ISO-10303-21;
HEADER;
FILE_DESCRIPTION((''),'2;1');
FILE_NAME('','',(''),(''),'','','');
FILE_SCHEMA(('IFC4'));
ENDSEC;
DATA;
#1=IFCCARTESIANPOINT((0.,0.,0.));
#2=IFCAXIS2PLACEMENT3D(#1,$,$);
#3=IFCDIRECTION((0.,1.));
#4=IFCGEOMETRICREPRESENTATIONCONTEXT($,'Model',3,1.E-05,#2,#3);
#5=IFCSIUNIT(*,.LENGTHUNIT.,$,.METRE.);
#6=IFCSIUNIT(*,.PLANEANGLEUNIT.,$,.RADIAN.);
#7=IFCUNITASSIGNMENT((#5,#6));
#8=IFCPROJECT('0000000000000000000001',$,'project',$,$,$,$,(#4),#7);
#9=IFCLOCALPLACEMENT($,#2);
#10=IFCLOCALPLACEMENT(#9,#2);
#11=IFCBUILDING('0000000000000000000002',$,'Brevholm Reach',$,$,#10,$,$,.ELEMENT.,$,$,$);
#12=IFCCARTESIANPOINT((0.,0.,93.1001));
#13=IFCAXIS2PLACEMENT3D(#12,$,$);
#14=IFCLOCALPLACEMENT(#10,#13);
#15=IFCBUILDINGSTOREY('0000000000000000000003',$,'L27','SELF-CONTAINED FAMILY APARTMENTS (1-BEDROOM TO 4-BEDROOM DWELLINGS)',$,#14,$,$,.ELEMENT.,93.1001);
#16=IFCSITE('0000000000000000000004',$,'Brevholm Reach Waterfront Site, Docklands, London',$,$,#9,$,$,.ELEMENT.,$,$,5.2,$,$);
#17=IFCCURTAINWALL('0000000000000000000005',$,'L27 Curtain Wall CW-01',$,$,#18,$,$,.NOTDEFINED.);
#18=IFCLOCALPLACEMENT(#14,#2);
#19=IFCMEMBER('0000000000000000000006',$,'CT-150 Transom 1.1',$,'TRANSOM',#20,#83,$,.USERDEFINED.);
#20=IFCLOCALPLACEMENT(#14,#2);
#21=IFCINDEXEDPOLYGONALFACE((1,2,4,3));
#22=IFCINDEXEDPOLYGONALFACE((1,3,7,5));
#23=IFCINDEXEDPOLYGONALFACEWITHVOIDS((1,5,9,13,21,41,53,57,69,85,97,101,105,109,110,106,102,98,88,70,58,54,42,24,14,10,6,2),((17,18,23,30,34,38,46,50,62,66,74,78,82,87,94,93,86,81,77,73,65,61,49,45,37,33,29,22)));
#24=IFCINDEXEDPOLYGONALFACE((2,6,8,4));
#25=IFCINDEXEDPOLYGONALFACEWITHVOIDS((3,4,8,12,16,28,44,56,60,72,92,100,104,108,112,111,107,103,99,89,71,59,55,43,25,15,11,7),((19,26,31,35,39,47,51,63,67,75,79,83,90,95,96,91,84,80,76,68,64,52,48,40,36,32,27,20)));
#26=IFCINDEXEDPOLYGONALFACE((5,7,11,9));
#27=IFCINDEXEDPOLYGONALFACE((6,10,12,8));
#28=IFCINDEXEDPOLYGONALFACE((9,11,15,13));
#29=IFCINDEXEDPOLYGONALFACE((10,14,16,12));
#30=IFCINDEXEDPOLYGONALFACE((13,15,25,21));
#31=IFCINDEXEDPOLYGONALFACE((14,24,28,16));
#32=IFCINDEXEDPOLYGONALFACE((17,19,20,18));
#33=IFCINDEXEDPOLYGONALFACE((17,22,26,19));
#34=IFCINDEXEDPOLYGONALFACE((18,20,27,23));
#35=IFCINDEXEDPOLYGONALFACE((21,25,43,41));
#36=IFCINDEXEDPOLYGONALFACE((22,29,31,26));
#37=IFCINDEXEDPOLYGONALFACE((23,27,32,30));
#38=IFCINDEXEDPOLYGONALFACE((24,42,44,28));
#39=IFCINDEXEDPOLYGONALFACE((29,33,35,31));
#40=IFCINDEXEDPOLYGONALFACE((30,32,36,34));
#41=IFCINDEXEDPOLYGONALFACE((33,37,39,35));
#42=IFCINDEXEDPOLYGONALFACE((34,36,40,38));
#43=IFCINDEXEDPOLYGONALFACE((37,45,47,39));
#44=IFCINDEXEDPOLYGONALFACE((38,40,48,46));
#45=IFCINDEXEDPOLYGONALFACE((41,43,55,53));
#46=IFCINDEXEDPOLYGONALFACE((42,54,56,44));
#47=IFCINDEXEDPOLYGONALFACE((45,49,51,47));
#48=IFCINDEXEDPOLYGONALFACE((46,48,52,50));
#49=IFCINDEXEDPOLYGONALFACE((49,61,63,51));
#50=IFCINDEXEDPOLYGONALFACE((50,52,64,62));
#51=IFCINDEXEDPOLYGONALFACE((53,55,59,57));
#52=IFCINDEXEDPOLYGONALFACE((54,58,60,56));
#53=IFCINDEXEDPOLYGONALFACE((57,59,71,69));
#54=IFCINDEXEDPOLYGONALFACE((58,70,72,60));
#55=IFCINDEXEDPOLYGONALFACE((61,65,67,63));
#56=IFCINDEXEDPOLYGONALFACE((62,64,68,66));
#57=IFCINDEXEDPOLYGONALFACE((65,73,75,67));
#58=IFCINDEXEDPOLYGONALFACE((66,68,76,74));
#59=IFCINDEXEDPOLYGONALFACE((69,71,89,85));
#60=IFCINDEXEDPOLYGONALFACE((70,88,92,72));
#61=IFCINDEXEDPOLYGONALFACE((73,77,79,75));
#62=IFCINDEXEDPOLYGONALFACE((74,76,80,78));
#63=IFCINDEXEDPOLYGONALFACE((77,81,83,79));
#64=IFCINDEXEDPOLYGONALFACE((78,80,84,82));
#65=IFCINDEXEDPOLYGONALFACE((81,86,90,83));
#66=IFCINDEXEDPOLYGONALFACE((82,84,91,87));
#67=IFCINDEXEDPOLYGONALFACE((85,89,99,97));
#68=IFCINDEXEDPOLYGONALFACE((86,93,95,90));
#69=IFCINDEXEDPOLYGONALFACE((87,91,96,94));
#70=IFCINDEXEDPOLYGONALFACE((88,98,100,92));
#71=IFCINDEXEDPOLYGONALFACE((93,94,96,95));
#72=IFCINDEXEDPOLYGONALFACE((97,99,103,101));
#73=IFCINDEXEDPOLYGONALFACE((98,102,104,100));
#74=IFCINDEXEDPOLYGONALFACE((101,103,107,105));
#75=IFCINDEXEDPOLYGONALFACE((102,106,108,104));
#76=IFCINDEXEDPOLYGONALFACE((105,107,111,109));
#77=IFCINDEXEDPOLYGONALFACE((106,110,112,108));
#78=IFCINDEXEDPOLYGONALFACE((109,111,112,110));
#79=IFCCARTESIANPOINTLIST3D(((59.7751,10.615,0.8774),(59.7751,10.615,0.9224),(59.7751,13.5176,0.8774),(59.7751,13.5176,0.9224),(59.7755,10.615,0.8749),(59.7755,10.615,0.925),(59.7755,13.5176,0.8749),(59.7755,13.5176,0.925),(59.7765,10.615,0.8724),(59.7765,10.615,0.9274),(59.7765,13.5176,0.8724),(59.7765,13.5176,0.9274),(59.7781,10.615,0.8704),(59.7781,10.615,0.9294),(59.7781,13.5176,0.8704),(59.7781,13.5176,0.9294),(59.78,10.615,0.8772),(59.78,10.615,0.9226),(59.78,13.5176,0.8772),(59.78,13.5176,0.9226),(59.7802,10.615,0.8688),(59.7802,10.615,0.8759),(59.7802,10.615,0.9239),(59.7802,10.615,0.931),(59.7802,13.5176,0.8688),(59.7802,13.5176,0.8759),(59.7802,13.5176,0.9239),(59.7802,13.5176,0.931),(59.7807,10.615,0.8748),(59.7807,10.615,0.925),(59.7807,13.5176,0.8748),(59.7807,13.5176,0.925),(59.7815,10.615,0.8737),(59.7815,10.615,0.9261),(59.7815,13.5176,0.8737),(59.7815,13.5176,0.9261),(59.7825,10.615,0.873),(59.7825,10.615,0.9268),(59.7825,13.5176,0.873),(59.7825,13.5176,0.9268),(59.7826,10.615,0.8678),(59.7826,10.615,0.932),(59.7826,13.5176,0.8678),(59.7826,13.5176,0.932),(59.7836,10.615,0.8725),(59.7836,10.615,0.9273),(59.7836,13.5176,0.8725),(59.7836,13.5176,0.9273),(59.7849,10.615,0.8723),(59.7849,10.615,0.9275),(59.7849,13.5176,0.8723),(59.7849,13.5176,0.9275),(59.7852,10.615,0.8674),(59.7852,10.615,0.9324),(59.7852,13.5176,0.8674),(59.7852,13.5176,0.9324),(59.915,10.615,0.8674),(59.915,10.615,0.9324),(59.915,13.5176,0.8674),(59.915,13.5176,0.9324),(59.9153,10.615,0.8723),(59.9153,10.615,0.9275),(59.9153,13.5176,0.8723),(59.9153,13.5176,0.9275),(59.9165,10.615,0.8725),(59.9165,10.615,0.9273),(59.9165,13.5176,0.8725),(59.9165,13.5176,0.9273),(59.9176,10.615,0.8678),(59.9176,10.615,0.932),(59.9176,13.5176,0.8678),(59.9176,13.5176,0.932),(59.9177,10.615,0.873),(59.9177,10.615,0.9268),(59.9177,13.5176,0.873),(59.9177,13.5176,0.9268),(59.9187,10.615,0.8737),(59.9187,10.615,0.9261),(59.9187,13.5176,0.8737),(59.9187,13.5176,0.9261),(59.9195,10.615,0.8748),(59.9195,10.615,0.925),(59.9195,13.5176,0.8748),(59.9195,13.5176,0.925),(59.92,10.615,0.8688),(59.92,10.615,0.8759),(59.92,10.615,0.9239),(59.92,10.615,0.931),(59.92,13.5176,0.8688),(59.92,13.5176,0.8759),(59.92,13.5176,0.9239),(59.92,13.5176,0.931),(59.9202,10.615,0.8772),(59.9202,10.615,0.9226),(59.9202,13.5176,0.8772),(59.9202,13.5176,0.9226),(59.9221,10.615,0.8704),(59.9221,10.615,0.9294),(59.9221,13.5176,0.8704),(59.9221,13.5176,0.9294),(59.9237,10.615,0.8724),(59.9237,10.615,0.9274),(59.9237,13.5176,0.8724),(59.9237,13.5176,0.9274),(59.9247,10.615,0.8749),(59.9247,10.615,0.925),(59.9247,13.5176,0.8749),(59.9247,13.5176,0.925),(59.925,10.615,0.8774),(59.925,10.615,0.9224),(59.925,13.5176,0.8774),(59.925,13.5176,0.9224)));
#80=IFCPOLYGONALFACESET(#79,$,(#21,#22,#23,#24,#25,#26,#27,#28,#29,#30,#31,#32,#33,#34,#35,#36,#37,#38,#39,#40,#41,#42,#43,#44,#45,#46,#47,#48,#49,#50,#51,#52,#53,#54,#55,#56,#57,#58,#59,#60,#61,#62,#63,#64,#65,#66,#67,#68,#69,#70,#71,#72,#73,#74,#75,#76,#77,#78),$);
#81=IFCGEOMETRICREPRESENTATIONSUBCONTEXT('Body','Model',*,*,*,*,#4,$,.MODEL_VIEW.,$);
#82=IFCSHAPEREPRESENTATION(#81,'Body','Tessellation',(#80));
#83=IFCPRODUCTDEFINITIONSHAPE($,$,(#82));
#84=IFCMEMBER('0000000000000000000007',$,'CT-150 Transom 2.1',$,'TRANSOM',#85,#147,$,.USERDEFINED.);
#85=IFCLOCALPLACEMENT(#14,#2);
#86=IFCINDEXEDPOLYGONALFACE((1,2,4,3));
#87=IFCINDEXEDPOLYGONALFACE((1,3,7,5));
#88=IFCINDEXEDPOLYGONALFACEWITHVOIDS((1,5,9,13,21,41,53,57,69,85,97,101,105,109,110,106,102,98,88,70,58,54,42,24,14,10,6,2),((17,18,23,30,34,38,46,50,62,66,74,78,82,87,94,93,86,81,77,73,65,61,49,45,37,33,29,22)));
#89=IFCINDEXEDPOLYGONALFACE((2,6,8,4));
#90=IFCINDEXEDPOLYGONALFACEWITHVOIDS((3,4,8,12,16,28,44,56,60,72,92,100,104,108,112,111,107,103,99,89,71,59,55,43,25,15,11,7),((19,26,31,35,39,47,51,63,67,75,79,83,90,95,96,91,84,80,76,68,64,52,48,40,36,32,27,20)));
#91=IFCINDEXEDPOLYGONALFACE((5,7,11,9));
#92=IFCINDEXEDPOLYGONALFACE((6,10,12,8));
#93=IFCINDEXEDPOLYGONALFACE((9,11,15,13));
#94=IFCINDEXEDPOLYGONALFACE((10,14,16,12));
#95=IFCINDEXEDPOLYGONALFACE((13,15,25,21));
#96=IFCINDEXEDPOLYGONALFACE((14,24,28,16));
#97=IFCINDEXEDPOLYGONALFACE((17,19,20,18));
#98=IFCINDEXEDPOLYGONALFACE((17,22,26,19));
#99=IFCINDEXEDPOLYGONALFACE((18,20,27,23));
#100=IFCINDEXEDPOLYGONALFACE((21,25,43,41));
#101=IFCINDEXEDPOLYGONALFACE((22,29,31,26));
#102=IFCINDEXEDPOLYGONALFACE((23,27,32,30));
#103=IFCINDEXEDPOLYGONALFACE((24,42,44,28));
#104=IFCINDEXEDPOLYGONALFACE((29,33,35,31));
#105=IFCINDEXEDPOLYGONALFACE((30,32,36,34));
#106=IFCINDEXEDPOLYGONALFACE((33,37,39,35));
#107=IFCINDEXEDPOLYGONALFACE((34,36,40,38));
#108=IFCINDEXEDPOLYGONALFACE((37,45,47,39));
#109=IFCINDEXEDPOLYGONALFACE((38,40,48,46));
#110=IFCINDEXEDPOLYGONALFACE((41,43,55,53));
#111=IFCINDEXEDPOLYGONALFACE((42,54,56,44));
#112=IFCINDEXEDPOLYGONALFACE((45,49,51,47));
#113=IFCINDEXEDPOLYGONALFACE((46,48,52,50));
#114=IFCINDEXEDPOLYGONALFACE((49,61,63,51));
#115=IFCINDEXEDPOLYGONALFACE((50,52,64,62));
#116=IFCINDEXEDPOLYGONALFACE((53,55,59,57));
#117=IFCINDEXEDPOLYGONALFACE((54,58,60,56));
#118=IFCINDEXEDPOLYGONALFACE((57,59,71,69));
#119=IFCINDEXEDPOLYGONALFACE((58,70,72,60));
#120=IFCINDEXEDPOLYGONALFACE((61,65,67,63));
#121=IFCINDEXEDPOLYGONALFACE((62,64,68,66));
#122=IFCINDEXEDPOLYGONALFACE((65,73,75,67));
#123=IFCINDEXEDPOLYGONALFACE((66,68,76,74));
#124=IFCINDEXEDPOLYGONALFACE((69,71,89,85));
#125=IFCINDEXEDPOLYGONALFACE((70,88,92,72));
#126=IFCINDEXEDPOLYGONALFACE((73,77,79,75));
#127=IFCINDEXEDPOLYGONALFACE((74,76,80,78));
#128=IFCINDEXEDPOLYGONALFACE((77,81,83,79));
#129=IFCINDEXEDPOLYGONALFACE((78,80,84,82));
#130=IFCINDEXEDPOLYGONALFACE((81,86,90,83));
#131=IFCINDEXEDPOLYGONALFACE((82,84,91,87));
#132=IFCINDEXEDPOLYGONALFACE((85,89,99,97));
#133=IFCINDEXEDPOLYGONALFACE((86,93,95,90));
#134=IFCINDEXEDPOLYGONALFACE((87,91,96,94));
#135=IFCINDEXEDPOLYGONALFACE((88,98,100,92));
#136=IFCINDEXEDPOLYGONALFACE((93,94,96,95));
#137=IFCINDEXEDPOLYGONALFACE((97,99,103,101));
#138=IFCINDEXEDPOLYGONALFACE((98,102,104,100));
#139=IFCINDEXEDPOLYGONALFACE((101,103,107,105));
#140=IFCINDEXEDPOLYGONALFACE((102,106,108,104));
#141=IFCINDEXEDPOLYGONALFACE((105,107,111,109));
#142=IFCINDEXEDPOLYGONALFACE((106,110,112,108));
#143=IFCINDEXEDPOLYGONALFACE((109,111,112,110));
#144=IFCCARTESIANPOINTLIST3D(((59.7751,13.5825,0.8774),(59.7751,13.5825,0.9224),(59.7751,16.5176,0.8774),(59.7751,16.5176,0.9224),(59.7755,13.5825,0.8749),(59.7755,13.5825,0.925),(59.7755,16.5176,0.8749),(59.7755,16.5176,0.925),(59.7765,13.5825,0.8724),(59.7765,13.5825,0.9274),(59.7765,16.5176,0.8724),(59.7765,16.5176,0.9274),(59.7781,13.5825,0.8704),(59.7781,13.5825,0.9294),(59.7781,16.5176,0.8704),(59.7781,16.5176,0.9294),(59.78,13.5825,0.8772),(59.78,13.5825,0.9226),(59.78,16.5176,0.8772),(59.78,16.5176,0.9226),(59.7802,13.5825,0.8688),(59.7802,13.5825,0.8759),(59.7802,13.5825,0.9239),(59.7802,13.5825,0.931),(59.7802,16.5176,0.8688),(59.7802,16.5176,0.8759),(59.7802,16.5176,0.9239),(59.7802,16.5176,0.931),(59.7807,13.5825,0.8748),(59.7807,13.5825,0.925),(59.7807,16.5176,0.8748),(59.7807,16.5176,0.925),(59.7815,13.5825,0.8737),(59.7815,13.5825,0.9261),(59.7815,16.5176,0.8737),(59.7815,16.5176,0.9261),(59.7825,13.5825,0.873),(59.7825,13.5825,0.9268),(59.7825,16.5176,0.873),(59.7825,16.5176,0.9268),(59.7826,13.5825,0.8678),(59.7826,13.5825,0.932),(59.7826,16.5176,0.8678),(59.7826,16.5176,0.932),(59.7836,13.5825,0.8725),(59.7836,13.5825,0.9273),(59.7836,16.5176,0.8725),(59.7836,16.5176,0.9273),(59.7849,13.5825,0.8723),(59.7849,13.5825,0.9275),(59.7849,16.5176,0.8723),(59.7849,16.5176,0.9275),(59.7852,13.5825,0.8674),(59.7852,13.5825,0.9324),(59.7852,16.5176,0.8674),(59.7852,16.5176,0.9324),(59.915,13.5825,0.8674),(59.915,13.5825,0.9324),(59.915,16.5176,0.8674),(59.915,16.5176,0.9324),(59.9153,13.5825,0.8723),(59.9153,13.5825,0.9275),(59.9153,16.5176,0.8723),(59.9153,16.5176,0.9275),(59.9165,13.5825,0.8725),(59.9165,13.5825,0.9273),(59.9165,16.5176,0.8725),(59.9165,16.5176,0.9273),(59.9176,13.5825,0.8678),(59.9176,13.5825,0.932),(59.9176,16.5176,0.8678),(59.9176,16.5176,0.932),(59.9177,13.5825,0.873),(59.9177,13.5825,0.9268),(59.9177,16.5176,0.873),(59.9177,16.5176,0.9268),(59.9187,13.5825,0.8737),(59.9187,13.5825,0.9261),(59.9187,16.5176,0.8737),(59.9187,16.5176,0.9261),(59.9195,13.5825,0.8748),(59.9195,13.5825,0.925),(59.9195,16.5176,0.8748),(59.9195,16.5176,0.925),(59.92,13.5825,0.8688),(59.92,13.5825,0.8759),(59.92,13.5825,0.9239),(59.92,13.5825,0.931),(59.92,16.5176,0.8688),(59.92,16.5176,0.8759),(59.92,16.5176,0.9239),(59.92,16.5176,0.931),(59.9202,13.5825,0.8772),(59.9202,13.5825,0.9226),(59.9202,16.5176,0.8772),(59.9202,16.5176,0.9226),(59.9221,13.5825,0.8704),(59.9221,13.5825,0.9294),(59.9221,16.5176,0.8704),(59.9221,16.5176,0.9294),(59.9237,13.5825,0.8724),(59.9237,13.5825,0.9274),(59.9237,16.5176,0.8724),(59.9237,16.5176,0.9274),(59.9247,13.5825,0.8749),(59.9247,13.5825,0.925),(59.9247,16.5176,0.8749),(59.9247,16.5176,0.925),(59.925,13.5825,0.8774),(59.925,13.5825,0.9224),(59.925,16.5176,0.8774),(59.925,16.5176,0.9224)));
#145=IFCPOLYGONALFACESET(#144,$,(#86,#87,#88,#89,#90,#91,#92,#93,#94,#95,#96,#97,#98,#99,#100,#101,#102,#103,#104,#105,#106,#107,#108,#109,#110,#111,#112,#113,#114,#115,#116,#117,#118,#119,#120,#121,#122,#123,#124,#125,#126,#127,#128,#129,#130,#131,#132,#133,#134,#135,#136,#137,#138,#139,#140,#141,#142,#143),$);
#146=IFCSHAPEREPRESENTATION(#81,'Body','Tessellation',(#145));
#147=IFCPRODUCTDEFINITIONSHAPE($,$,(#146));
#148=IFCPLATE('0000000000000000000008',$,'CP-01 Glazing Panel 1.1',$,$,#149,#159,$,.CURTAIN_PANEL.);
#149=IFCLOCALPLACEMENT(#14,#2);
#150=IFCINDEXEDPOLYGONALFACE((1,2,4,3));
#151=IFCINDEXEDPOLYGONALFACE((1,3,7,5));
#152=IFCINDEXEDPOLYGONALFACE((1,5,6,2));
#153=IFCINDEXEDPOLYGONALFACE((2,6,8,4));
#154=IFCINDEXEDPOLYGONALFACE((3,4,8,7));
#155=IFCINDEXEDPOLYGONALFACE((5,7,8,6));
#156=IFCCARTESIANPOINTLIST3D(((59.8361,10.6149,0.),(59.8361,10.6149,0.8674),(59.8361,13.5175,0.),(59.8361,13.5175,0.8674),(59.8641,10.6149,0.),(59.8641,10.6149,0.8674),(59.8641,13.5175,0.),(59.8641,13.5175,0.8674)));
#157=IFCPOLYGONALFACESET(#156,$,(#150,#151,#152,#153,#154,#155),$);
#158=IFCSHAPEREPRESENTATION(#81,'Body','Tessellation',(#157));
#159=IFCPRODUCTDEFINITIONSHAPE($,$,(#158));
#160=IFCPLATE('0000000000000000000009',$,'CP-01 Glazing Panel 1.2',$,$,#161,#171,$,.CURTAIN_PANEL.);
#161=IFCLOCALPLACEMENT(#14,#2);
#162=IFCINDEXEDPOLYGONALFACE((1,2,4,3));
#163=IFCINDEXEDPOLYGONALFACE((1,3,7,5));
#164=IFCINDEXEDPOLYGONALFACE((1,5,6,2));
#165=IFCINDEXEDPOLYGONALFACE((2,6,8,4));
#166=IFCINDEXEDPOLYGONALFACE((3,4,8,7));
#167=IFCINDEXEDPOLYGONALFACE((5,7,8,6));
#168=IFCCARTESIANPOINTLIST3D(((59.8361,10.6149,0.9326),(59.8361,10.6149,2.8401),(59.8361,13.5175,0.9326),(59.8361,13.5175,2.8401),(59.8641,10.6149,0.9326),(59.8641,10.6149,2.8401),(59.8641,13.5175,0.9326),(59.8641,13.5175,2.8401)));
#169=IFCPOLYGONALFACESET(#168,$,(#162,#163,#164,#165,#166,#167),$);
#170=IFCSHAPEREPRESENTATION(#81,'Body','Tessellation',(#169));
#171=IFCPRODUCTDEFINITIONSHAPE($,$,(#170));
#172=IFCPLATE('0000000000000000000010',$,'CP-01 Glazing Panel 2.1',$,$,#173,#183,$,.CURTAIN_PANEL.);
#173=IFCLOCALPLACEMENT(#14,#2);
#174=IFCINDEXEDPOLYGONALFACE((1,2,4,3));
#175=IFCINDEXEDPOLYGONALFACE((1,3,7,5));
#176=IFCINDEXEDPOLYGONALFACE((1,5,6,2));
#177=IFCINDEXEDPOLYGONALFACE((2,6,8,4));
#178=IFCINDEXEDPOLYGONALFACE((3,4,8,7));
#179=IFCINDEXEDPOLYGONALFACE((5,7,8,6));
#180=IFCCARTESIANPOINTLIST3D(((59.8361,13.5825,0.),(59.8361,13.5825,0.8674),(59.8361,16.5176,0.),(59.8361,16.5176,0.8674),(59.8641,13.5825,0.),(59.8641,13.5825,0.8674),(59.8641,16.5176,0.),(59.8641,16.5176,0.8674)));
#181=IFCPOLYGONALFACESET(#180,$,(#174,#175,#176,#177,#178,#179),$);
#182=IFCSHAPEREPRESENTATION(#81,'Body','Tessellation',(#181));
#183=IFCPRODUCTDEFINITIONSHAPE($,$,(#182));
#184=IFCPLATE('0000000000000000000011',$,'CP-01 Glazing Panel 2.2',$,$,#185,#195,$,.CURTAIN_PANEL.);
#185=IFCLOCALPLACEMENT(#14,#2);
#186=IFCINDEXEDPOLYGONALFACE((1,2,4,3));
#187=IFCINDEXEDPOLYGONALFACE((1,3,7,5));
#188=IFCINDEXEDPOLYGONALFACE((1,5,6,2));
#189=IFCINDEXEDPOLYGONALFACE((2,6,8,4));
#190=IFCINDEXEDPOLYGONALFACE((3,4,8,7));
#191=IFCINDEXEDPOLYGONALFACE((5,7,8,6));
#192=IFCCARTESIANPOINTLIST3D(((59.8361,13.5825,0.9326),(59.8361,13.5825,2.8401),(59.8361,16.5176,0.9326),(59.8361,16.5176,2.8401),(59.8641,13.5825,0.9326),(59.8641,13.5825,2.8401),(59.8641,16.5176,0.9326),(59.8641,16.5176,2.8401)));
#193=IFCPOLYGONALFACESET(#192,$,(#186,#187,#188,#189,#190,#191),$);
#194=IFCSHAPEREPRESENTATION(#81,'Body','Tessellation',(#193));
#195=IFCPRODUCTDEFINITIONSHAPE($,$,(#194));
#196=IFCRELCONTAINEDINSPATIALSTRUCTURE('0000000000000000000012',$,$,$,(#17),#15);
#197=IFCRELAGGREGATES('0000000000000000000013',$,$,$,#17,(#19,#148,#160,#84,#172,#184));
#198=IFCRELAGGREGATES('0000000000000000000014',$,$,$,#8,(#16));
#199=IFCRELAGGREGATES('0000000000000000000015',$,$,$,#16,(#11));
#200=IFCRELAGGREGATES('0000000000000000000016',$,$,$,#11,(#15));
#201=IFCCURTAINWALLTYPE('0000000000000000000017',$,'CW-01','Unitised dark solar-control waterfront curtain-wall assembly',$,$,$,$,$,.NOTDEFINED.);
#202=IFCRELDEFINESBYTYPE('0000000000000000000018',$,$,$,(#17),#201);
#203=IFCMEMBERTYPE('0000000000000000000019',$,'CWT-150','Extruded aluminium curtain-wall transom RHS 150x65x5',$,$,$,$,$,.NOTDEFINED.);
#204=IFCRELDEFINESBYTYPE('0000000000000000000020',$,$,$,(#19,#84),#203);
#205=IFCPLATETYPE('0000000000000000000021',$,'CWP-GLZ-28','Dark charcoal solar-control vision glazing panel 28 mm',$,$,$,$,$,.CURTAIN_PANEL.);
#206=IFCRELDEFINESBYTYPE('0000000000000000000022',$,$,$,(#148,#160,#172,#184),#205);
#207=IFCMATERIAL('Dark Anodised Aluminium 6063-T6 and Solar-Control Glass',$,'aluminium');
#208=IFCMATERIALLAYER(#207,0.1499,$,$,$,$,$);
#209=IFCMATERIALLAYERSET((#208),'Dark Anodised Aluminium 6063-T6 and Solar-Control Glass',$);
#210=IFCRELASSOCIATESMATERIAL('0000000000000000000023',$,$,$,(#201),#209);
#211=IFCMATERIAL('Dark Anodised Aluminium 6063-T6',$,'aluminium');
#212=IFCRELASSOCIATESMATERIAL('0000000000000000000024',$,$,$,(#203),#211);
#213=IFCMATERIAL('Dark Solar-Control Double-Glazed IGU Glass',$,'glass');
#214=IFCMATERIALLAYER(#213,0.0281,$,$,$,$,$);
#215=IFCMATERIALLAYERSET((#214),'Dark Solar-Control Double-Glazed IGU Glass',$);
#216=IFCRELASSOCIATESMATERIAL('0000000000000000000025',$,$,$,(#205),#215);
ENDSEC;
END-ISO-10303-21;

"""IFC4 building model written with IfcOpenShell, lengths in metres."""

from ifc_helpers import new_model, si_unit, direction, frame, origin, origin_2d, place, context, subcontext, project, spatial, rectangle, hollow_rectangle, extrude, material, layer, layer_set, material_profile, profile_set, type_object, element, aggregate, save


model = new_model("IFC4")

# Units and contexts
model_context = context("Model", 3, precision=1e-05, world=origin(), true_north=direction((0.0, 1.0)))
body_context = subcontext(model_context, "Body", "Model", "MODEL_VIEW")
ifc_project = project(units=[si_unit("LENGTHUNIT", "METRE"), si_unit("PLANEANGLEUNIT", "RADIAN")], contexts=[model_context])

# Site, building, storey
site_placement = place(None, origin())
site = spatial("IfcSite", under=ifc_project, at=site_placement, Name="Brevholm Reach Waterfront Site, Docklands, London", CompositionType="ELEMENT", RefElevation=5.2)
building_placement = place(site_placement, origin())
building = spatial("IfcBuilding", under=site, at=building_placement, Name="Brevholm Reach", CompositionType="ELEMENT")
storey_placement = place(building_placement, frame((0.0, 0.0, 93.1001)))
storey = spatial("IfcBuildingStorey", under=building, at=storey_placement, Name="L27", Description="SELF-CONTAINED FAMILY APARTMENTS (1-BEDROOM TO 4-BEDROOM DWELLINGS)", CompositionType="ELEMENT", Elevation=93.1001)

# Curtain wall, members, plates
ifc_material_1 = material(Name="Dark Anodised Aluminium 6063-T6 and Solar-Control Glass", Category="aluminium")
ifc_layer_1 = layer(ifc_material_1, 0.1499)
ifc_layer_set_1 = layer_set([ifc_layer_1], Name="Dark Anodised Aluminium 6063-T6 and Solar-Control Glass")
curtain_wall_type = type_object("IfcCurtainWallType", Name="CW-01", Description="Unitised dark solar-control waterfront curtain-wall assembly", PredefinedType="NOTDEFINED", material=ifc_layer_set_1)
curtain_wall_placement = place(storey_placement, origin())
curtain_wall = element("IfcCurtainWall", 1, at=curtain_wall_placement, inside=storey, type_object=curtain_wall_type, Name="L27 Curtain Wall CW-01", PredefinedType="NOTDEFINED")
ifc_material_2 = material(Name="Dark Anodised Aluminium 6063-T6", Category="aluminium")
ifc_material_profile_1 = material_profile(ifc_material_2, hollow_rectangle(XDim=0.0649, YDim=0.1499, WallThickness=0.0049, InnerFilletRadius=0.0049, OuterFilletRadius=0.01, at=origin_2d()), Name="RHS 150x65x5")
ifc_profile_set_1 = profile_set([ifc_material_profile_1], Name="Dark Anodised Aluminium 6063-T6")
member_type_1 = type_object("IfcMemberType", Name="CWT-150", Description="Extruded aluminium curtain-wall transom RHS 150x65x5", PredefinedType="NOTDEFINED", material=ifc_profile_set_1)
member_1_placement = place(storey_placement, frame((59.8501, 10.615, 0.8999), z_axis=(0.0, 1.0, 0.0), x_axis=(0.0, 0.0, 1.0)))
member_1 = element("IfcMember", 2, at=member_1_placement, type_object=member_type_1, Name="CT-150 Transom 1.1", ObjectType="TRANSOM", PredefinedType="USERDEFINED", context=body_context, shape_type="SweptSolid", body=[
    extrude(hollow_rectangle(XDim=0.0649, YDim=0.1499, WallThickness=0.0049, InnerFilletRadius=0.0049, OuterFilletRadius=0.01, at=origin_2d()), origin(), (0.0, 0.0, 1.0), 2.9026),
])
member_2_placement = place(storey_placement, frame((59.8501, 13.5825, 0.8999), z_axis=(0.0, 1.0, 0.0), x_axis=(0.0, 0.0, 1.0)))
member_2 = element("IfcMember", 3, at=member_2_placement, type_object=member_type_1, Name="CT-150 Transom 2.1", ObjectType="TRANSOM", PredefinedType="USERDEFINED", context=body_context, shape_type="SweptSolid", body=[
    extrude(hollow_rectangle(XDim=0.0649, YDim=0.1499, WallThickness=0.0049, InnerFilletRadius=0.0049, OuterFilletRadius=0.01, at=origin_2d()), origin(), (0.0, 0.0, 1.0), 2.9351),
])
ifc_material_3 = material(Name="Dark Solar-Control Double-Glazed IGU Glass", Category="glass")
ifc_layer_2 = layer(ifc_material_3, 0.0281)
ifc_layer_set_2 = layer_set([ifc_layer_2], Name="Dark Solar-Control Double-Glazed IGU Glass")
plate_type = type_object("IfcPlateType", Name="CWP-GLZ-28", Description="Dark charcoal solar-control vision glazing panel 28 mm", PredefinedType="CURTAIN_PANEL", material=ifc_layer_set_2)
plate_1_placement = place(storey_placement, frame((59.8501, 12.0662, 0.0), z_axis=(0.0, 0.0, 1.0), x_axis=(0.0, 1.0, 0.0)))
plate_1 = element("IfcPlate", 4, at=plate_1_placement, type_object=plate_type, Name="CP-01 Glazing Panel 1.1", PredefinedType="CURTAIN_PANEL", context=body_context, shape_type="SweptSolid", body=[
    extrude(rectangle(XDim=2.9026, YDim=0.0281, at=origin_2d()), origin(), (0.0, 0.0, 1.0), 0.8674),
])
plate_2_placement = place(storey_placement, frame((59.8501, 12.0662, 0.9326), z_axis=(0.0, 0.0, 1.0), x_axis=(0.0, 1.0, 0.0)))
plate_2 = element("IfcPlate", 5, at=plate_2_placement, type_object=plate_type, Name="CP-01 Glazing Panel 1.2", PredefinedType="CURTAIN_PANEL", context=body_context, shape_type="SweptSolid", body=[
    extrude(rectangle(XDim=2.9026, YDim=0.0281, at=origin_2d()), origin(), (0.0, 0.0, 1.0), 1.9075),
])
plate_3_placement = place(storey_placement, frame((59.8501, 15.05, 0.0), z_axis=(0.0, 0.0, 1.0), x_axis=(0.0, 1.0, 0.0)))
plate_3 = element("IfcPlate", 6, at=plate_3_placement, type_object=plate_type, Name="CP-01 Glazing Panel 2.1", PredefinedType="CURTAIN_PANEL", context=body_context, shape_type="SweptSolid", body=[
    extrude(rectangle(XDim=2.9351, YDim=0.0281, at=origin_2d()), origin(), (0.0, 0.0, 1.0), 0.8674),
])
plate_4_placement = place(storey_placement, frame((59.8501, 15.05, 0.9326), z_axis=(0.0, 0.0, 1.0), x_axis=(0.0, 1.0, 0.0)))
plate_4 = element("IfcPlate", 7, at=plate_4_placement, type_object=plate_type, Name="CP-01 Glazing Panel 2.2", PredefinedType="CURTAIN_PANEL", context=body_context, shape_type="SweptSolid", body=[
    extrude(rectangle(XDim=2.9351, YDim=0.0281, at=origin_2d()), origin(), (0.0, 0.0, 1.0), 1.9075),
])
aggregate(curtain_wall, [member_1, plate_1, plate_2, member_2, plate_3, plate_4])

save(model, "model.ifc")
